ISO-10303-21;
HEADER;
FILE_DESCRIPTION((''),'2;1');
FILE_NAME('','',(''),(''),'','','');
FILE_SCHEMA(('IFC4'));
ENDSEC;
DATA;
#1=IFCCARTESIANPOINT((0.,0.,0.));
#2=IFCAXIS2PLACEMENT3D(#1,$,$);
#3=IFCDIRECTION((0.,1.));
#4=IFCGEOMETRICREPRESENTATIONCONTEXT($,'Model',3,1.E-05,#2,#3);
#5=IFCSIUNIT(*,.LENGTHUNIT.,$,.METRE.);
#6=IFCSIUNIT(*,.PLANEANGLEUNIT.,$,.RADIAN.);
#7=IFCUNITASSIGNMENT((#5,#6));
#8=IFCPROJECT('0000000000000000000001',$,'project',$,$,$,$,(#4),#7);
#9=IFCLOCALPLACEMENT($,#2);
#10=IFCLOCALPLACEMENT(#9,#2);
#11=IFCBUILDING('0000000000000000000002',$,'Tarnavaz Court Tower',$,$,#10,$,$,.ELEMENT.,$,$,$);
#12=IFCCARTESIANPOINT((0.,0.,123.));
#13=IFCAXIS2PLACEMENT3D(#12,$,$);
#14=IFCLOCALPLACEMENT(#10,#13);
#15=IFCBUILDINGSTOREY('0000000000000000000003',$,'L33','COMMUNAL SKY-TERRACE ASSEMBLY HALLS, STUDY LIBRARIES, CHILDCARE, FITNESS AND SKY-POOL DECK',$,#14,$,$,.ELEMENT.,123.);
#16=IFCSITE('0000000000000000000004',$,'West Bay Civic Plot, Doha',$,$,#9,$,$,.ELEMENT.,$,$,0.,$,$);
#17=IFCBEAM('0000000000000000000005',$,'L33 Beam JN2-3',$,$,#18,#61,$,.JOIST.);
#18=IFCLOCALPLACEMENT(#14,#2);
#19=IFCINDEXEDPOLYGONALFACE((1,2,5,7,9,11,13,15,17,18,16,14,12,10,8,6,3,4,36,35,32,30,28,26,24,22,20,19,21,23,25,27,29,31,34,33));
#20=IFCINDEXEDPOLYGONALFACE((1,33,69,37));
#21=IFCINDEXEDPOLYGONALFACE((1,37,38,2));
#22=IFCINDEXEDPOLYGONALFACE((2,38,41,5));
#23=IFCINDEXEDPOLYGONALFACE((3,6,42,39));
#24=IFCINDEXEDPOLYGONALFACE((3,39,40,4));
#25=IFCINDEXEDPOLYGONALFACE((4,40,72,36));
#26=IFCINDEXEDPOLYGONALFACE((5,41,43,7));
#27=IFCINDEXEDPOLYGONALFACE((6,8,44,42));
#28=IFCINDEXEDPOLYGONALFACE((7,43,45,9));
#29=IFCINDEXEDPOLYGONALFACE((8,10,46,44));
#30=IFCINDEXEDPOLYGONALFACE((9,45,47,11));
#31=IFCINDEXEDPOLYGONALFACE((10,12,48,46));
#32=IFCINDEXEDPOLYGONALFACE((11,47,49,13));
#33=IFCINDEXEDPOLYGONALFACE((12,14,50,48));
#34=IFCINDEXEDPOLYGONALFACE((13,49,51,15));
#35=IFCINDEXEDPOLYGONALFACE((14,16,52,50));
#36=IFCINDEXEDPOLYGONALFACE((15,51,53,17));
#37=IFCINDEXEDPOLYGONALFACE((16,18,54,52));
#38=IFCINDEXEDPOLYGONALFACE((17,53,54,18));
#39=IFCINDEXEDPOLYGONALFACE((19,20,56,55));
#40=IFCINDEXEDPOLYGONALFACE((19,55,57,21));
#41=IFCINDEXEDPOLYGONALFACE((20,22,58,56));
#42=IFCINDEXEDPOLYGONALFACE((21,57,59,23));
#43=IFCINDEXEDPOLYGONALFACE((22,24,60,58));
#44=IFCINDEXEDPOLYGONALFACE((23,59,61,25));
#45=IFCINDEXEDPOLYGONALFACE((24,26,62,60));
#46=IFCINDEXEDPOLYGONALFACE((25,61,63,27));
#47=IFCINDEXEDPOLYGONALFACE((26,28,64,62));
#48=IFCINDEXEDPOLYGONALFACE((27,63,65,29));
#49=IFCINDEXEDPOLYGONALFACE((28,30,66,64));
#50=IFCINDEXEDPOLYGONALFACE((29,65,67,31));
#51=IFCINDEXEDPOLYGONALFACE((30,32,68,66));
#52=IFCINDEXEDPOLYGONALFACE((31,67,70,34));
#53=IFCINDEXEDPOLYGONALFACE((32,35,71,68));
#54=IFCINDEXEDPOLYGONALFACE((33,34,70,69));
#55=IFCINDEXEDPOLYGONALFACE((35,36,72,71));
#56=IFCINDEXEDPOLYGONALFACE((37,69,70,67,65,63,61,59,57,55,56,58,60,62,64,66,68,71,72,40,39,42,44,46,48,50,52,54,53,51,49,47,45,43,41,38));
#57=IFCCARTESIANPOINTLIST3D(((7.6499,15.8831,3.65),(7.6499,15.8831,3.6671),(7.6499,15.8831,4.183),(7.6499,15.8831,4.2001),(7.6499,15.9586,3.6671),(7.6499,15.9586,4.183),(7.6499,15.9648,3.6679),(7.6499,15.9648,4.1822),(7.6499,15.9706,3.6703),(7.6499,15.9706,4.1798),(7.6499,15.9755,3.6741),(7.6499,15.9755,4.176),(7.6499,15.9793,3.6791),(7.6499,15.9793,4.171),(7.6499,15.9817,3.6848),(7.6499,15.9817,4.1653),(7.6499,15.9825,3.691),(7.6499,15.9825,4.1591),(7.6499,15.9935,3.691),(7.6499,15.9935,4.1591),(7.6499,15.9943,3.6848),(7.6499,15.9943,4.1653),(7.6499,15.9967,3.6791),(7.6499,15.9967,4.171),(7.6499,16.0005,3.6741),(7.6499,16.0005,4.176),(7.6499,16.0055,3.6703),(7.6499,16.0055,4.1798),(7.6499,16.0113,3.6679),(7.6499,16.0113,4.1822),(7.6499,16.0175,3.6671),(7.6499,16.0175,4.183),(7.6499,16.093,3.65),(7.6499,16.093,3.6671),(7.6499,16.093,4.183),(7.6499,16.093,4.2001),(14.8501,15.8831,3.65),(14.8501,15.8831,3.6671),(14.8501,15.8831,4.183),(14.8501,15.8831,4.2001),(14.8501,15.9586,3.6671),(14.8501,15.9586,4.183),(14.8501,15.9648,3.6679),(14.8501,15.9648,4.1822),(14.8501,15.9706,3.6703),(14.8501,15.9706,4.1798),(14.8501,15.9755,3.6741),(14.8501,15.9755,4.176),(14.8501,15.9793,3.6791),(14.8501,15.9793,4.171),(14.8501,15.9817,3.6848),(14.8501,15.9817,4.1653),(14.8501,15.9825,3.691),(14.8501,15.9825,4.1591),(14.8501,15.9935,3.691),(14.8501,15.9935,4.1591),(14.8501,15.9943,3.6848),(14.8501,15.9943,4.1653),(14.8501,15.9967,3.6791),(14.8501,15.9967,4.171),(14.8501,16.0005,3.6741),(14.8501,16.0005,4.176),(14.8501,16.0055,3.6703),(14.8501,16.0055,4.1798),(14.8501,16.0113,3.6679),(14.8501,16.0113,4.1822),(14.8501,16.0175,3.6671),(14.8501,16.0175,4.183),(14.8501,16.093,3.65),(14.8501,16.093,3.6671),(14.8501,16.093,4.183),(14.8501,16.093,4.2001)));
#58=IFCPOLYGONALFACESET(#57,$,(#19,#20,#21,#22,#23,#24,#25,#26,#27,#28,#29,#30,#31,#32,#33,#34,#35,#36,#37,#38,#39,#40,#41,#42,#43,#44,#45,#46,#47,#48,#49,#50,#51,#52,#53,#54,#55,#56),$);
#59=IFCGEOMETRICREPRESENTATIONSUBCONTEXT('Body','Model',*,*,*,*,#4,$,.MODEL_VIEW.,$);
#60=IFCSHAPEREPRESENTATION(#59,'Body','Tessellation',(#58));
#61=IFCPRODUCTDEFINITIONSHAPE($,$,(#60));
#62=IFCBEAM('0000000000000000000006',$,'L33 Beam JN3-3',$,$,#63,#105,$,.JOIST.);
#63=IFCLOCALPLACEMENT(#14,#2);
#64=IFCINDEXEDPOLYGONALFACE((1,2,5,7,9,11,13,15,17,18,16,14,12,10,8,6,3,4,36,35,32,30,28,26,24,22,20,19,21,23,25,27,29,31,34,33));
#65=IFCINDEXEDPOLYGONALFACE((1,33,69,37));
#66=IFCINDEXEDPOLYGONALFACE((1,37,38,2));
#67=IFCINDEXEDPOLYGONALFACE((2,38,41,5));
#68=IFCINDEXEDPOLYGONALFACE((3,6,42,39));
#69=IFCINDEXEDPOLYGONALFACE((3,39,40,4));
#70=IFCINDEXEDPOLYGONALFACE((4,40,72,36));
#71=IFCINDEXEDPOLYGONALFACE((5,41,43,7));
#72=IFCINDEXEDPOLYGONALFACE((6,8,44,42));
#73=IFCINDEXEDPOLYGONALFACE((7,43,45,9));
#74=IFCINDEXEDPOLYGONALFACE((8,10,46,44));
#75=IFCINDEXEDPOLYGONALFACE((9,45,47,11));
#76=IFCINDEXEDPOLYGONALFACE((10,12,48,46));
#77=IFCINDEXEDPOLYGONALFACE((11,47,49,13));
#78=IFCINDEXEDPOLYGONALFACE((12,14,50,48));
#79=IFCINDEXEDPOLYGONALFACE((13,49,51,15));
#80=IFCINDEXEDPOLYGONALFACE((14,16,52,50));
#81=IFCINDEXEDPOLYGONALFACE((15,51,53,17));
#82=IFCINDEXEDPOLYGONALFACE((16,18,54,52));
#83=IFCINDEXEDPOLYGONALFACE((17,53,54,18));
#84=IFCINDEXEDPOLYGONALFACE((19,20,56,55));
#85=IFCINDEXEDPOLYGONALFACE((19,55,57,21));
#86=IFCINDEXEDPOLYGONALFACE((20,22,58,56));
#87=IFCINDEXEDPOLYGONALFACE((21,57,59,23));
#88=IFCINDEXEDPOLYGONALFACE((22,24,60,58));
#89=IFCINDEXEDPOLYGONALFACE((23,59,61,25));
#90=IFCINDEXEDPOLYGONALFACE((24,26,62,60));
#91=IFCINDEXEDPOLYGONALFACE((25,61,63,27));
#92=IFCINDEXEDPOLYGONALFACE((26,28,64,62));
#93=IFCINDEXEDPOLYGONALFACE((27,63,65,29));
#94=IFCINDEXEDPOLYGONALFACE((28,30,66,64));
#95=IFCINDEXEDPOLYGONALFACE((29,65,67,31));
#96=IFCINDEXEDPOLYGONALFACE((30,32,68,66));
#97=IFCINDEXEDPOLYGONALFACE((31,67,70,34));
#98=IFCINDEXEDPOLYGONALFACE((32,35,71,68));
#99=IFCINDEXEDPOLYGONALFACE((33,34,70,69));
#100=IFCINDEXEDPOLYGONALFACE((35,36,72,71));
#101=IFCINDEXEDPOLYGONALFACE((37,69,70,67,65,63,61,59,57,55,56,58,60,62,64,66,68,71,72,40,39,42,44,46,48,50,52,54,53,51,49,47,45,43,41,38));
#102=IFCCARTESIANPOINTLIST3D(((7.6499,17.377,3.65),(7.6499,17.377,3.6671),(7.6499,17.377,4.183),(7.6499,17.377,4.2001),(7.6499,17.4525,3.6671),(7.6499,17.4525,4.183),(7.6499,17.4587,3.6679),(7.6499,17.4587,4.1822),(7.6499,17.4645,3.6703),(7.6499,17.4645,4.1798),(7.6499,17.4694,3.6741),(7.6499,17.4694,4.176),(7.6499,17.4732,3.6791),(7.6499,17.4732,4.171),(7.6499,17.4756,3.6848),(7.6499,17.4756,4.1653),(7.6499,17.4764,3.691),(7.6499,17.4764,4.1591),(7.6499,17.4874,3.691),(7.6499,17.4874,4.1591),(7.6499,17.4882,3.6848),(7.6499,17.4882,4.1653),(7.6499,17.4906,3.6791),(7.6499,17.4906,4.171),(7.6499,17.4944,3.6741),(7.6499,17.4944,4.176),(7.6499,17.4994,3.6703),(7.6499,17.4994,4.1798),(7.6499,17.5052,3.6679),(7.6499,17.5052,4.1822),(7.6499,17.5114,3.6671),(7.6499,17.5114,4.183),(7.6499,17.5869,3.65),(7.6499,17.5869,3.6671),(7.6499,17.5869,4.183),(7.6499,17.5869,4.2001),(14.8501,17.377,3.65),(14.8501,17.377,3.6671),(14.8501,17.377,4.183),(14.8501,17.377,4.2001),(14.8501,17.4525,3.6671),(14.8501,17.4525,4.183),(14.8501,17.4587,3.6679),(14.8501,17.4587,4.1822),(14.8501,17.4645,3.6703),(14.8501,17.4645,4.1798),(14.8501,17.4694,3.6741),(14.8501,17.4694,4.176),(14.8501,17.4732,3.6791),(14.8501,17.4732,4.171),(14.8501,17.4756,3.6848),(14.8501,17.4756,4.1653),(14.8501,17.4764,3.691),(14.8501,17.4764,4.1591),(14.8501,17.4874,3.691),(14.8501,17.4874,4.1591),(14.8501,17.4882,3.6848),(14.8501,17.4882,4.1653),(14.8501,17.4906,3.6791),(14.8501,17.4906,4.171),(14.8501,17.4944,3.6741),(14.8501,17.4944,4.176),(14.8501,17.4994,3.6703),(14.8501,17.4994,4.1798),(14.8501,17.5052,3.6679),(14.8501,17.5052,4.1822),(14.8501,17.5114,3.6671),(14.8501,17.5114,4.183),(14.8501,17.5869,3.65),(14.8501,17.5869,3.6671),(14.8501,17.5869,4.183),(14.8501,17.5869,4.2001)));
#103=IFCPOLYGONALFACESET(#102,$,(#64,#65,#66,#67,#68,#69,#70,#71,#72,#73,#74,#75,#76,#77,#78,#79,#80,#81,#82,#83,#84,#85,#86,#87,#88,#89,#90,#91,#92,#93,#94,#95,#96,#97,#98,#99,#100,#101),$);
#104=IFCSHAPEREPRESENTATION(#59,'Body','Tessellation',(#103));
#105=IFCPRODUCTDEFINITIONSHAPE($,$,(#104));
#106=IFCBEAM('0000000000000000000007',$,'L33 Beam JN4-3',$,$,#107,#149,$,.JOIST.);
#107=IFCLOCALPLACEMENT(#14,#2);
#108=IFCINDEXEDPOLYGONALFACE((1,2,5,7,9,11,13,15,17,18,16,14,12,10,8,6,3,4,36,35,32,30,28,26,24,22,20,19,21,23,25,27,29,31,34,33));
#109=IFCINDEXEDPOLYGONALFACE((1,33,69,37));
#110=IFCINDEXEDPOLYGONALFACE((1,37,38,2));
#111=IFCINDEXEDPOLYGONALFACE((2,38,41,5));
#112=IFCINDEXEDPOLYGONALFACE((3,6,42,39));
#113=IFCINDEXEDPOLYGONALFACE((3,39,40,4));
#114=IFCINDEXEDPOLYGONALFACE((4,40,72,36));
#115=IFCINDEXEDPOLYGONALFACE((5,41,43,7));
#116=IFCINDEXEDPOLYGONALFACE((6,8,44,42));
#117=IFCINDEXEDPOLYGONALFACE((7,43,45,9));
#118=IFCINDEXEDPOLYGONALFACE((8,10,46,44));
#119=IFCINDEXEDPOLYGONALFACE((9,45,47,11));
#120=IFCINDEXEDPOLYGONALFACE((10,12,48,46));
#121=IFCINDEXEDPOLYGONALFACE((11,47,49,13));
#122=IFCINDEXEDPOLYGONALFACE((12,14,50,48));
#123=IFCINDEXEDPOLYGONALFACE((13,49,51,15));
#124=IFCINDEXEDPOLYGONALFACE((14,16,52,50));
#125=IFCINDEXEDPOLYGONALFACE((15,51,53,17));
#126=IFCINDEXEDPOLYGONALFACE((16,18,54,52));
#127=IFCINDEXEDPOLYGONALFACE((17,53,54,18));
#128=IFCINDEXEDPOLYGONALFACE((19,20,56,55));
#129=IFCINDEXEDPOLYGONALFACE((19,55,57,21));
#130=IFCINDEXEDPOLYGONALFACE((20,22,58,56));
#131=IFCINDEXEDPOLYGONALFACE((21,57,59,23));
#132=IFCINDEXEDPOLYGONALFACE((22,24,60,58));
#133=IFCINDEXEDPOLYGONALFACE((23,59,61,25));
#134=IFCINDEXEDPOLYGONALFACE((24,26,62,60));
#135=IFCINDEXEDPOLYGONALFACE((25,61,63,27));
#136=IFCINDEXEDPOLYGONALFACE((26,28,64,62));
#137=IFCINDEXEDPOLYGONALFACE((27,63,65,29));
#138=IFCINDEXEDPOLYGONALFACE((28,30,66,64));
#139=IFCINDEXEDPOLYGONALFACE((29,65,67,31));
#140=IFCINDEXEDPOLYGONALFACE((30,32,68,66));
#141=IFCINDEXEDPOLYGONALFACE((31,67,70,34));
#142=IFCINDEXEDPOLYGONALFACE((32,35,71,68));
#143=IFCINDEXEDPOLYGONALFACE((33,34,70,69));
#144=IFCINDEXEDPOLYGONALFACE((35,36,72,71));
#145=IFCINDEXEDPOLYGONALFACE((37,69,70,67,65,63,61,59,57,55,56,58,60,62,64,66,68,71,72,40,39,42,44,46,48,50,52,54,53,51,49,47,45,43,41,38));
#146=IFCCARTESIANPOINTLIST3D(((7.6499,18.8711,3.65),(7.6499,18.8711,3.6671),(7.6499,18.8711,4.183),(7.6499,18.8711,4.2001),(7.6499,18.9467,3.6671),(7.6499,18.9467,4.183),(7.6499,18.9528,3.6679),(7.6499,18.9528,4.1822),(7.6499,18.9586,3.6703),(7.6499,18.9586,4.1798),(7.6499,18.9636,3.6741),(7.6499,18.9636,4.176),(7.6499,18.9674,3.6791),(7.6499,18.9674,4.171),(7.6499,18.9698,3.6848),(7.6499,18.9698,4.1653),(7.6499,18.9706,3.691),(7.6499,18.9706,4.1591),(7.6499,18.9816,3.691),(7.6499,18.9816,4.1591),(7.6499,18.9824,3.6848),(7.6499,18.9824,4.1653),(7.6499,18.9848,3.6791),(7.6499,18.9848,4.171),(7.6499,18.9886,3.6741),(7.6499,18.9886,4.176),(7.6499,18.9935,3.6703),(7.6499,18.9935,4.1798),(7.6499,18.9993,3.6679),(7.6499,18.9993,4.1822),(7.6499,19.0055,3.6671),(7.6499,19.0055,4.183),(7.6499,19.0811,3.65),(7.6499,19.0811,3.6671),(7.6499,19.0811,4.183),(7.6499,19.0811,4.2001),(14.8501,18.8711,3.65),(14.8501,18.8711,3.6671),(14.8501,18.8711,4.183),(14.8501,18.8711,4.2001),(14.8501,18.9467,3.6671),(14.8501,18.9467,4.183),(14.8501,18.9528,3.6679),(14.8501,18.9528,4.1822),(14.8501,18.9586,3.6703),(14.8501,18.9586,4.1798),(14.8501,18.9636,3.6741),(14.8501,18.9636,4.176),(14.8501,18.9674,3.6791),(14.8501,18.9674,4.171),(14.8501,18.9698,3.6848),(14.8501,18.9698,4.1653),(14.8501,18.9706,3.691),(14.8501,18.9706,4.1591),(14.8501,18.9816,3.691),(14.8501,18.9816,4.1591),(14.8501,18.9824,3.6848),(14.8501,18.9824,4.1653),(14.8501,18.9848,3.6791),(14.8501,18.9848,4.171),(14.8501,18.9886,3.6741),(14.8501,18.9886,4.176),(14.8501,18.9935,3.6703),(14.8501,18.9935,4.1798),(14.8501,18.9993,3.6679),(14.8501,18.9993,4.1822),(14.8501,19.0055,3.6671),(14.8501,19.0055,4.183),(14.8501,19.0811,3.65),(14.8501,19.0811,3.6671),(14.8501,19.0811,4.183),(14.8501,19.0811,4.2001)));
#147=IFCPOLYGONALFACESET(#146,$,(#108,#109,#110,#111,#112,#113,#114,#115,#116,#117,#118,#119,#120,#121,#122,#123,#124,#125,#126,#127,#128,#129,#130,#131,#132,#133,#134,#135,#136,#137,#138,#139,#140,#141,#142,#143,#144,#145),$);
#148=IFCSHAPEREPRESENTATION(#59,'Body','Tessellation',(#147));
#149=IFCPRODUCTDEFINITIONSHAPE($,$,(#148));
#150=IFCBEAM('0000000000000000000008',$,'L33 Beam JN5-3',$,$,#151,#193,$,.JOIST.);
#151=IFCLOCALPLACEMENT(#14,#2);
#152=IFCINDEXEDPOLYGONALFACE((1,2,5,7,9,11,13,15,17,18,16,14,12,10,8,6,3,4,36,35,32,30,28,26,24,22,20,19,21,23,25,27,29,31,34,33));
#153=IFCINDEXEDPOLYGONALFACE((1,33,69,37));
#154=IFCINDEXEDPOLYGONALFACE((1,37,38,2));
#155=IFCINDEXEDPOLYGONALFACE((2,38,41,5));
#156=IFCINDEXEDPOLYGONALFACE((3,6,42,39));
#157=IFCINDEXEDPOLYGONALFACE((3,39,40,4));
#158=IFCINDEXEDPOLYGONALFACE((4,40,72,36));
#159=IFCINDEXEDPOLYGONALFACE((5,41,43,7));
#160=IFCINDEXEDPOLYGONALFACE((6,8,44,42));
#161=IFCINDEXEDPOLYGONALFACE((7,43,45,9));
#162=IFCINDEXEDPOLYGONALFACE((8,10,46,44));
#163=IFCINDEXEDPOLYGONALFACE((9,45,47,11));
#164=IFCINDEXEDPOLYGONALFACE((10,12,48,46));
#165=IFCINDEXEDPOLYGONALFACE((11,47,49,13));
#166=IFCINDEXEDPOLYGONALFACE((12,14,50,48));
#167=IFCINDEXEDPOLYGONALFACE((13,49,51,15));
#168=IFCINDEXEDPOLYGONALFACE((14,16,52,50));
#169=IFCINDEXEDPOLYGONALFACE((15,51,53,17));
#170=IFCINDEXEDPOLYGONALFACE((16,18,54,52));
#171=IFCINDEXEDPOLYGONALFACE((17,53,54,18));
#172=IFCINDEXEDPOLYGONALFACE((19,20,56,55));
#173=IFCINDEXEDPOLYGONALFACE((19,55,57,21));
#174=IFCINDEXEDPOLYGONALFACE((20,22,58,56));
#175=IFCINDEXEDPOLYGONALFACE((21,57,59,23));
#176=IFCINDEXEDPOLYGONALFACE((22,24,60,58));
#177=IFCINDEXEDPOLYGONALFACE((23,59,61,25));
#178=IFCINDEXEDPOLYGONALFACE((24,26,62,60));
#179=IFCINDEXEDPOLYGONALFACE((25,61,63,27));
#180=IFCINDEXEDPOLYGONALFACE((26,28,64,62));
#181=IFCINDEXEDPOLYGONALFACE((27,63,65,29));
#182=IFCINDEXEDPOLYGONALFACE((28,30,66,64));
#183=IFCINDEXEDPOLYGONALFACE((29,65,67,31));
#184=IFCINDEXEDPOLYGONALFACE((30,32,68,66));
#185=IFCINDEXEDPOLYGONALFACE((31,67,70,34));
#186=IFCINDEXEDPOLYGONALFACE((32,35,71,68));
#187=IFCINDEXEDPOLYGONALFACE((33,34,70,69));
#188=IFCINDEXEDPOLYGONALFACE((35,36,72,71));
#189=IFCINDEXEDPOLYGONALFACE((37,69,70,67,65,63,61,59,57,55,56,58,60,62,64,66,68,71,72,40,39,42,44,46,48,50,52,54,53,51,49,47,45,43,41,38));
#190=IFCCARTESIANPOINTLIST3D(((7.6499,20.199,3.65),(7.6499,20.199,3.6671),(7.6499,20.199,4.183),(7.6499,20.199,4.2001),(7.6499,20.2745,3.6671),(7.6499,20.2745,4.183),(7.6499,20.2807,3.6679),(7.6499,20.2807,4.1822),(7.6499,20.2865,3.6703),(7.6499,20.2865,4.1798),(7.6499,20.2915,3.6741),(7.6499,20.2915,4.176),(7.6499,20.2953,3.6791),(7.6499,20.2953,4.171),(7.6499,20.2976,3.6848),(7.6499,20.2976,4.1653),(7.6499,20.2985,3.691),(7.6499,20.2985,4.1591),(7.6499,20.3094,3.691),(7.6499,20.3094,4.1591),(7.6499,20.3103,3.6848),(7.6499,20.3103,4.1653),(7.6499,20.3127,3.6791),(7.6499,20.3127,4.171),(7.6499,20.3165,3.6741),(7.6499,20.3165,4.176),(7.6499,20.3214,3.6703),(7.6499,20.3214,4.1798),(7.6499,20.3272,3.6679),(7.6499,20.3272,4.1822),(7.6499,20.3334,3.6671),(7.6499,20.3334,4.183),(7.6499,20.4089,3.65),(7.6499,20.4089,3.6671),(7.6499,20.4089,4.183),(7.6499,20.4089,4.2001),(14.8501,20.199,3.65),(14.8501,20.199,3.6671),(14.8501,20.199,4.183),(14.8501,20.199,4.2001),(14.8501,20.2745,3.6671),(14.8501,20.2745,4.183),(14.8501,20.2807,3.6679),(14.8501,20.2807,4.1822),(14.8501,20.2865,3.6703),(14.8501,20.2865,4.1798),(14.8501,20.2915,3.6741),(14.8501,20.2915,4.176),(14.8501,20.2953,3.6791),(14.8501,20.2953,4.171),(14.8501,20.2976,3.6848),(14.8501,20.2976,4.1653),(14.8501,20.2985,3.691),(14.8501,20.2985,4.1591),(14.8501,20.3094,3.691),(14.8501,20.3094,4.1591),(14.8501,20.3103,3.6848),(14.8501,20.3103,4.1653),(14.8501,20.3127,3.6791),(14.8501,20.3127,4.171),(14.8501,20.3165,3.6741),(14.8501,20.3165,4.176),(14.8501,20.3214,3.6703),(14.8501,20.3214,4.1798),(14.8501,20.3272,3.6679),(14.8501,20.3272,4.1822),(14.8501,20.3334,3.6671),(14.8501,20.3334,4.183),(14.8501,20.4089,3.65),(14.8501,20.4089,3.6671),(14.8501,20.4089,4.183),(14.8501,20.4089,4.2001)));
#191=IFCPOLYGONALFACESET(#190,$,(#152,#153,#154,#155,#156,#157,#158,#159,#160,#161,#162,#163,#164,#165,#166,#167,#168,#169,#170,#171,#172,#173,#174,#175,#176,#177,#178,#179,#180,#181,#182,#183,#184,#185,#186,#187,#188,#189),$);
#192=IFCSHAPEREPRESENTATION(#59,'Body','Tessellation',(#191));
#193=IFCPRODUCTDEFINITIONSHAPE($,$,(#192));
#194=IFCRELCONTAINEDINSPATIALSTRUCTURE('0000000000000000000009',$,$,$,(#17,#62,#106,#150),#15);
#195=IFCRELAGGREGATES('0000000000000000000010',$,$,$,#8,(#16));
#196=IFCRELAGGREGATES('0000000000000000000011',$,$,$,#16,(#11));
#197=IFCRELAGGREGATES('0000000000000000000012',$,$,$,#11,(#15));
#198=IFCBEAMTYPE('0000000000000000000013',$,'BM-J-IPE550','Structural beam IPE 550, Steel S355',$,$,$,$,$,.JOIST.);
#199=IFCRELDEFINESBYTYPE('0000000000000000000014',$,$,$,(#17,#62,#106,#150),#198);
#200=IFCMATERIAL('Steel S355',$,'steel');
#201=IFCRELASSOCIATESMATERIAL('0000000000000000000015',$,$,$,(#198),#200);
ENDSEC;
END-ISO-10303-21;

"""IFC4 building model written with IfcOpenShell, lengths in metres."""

from ifc_helpers import new_model, si_unit, direction, frame, origin, origin_2d, place, context, subcontext, project, spatial, i_section, extrude, material, material_profile, profile_set, type_object, element, save


model = new_model("IFC4")

# Units and contexts
model_context = context("Model", 3, precision=1e-05, world=origin(), true_north=direction((0.0, 1.0)))
body_context = subcontext(model_context, "Body", "Model", "MODEL_VIEW")
ifc_project = project(units=[si_unit("LENGTHUNIT", "METRE"), si_unit("PLANEANGLEUNIT", "RADIAN")], contexts=[model_context])

# Site, building, storey
site_placement = place(None, origin())
site = spatial("IfcSite", under=ifc_project, at=site_placement, Name="West Bay Civic Plot, Doha", CompositionType="ELEMENT", RefElevation=0.0)
building_placement = place(site_placement, origin())
building = spatial("IfcBuilding", under=site, at=building_placement, Name="Tarnavaz Court Tower", CompositionType="ELEMENT")
storey_placement = place(building_placement, frame((0.0, 0.0, 123.0)))
storey = spatial("IfcBuildingStorey", under=building, at=storey_placement, Name="L33", Description="COMMUNAL SKY-TERRACE ASSEMBLY HALLS, STUDY LIBRARIES, CHILDCARE, FITNESS AND SKY-POOL DECK", CompositionType="ELEMENT", Elevation=123.0)

# Beams
ifc_material_1 = material(Name="Steel S355", Category="steel")
ifc_material_profile_1 = material_profile(ifc_material_1, i_section(OverallWidth=0.21, OverallDepth=0.55, WebThickness=0.011, FlangeThickness=0.0171, FilletRadius=0.0239, at=origin_2d()), Name="IPE 550")
ifc_profile_set_1 = profile_set([ifc_material_profile_1], Name="Steel S355")
beam_type_1 = type_object("IfcBeamType", Name="BM-J-IPE550", Description="Structural beam IPE 550, Steel S355", PredefinedType="JOIST", material=ifc_profile_set_1)
for number, where, z_axis, x_axis, name in (
    (1, (7.6499, 15.988, 3.925), (1.0, 0.0, 0.0), (0.0, 1.0, 0.0), "L33 Beam JN2-3"),
    (2, (7.6499, 17.4819, 3.925), (1.0, 0.0, 0.0), (0.0, 1.0, 0.0), "L33 Beam JN3-3"),
    (3, (7.6499, 18.9761, 3.925), (1.0, 0.0, 0.0), (0.0, 1.0, 0.0), "L33 Beam JN4-3"),
    (4, (7.6499, 20.304, 3.925), (1.0, 0.0, 0.0), (0.0, 1.0, 0.0), "L33 Beam JN5-3"),
):
    element("IfcBeam", number, at=place(storey_placement, frame(where, z_axis=z_axis, x_axis=x_axis)), inside=storey, type_object=beam_type_1, Name=name, PredefinedType="JOIST", context=body_context, shape_type="SweptSolid", body=[
        extrude(i_section(OverallWidth=0.21, OverallDepth=0.55, WebThickness=0.011, FlangeThickness=0.0171, FilletRadius=0.0239, at=origin_2d()), origin(), (0.0, 0.0, 1.0), 7.2002),
    ])

save(model, "model.ifc")
